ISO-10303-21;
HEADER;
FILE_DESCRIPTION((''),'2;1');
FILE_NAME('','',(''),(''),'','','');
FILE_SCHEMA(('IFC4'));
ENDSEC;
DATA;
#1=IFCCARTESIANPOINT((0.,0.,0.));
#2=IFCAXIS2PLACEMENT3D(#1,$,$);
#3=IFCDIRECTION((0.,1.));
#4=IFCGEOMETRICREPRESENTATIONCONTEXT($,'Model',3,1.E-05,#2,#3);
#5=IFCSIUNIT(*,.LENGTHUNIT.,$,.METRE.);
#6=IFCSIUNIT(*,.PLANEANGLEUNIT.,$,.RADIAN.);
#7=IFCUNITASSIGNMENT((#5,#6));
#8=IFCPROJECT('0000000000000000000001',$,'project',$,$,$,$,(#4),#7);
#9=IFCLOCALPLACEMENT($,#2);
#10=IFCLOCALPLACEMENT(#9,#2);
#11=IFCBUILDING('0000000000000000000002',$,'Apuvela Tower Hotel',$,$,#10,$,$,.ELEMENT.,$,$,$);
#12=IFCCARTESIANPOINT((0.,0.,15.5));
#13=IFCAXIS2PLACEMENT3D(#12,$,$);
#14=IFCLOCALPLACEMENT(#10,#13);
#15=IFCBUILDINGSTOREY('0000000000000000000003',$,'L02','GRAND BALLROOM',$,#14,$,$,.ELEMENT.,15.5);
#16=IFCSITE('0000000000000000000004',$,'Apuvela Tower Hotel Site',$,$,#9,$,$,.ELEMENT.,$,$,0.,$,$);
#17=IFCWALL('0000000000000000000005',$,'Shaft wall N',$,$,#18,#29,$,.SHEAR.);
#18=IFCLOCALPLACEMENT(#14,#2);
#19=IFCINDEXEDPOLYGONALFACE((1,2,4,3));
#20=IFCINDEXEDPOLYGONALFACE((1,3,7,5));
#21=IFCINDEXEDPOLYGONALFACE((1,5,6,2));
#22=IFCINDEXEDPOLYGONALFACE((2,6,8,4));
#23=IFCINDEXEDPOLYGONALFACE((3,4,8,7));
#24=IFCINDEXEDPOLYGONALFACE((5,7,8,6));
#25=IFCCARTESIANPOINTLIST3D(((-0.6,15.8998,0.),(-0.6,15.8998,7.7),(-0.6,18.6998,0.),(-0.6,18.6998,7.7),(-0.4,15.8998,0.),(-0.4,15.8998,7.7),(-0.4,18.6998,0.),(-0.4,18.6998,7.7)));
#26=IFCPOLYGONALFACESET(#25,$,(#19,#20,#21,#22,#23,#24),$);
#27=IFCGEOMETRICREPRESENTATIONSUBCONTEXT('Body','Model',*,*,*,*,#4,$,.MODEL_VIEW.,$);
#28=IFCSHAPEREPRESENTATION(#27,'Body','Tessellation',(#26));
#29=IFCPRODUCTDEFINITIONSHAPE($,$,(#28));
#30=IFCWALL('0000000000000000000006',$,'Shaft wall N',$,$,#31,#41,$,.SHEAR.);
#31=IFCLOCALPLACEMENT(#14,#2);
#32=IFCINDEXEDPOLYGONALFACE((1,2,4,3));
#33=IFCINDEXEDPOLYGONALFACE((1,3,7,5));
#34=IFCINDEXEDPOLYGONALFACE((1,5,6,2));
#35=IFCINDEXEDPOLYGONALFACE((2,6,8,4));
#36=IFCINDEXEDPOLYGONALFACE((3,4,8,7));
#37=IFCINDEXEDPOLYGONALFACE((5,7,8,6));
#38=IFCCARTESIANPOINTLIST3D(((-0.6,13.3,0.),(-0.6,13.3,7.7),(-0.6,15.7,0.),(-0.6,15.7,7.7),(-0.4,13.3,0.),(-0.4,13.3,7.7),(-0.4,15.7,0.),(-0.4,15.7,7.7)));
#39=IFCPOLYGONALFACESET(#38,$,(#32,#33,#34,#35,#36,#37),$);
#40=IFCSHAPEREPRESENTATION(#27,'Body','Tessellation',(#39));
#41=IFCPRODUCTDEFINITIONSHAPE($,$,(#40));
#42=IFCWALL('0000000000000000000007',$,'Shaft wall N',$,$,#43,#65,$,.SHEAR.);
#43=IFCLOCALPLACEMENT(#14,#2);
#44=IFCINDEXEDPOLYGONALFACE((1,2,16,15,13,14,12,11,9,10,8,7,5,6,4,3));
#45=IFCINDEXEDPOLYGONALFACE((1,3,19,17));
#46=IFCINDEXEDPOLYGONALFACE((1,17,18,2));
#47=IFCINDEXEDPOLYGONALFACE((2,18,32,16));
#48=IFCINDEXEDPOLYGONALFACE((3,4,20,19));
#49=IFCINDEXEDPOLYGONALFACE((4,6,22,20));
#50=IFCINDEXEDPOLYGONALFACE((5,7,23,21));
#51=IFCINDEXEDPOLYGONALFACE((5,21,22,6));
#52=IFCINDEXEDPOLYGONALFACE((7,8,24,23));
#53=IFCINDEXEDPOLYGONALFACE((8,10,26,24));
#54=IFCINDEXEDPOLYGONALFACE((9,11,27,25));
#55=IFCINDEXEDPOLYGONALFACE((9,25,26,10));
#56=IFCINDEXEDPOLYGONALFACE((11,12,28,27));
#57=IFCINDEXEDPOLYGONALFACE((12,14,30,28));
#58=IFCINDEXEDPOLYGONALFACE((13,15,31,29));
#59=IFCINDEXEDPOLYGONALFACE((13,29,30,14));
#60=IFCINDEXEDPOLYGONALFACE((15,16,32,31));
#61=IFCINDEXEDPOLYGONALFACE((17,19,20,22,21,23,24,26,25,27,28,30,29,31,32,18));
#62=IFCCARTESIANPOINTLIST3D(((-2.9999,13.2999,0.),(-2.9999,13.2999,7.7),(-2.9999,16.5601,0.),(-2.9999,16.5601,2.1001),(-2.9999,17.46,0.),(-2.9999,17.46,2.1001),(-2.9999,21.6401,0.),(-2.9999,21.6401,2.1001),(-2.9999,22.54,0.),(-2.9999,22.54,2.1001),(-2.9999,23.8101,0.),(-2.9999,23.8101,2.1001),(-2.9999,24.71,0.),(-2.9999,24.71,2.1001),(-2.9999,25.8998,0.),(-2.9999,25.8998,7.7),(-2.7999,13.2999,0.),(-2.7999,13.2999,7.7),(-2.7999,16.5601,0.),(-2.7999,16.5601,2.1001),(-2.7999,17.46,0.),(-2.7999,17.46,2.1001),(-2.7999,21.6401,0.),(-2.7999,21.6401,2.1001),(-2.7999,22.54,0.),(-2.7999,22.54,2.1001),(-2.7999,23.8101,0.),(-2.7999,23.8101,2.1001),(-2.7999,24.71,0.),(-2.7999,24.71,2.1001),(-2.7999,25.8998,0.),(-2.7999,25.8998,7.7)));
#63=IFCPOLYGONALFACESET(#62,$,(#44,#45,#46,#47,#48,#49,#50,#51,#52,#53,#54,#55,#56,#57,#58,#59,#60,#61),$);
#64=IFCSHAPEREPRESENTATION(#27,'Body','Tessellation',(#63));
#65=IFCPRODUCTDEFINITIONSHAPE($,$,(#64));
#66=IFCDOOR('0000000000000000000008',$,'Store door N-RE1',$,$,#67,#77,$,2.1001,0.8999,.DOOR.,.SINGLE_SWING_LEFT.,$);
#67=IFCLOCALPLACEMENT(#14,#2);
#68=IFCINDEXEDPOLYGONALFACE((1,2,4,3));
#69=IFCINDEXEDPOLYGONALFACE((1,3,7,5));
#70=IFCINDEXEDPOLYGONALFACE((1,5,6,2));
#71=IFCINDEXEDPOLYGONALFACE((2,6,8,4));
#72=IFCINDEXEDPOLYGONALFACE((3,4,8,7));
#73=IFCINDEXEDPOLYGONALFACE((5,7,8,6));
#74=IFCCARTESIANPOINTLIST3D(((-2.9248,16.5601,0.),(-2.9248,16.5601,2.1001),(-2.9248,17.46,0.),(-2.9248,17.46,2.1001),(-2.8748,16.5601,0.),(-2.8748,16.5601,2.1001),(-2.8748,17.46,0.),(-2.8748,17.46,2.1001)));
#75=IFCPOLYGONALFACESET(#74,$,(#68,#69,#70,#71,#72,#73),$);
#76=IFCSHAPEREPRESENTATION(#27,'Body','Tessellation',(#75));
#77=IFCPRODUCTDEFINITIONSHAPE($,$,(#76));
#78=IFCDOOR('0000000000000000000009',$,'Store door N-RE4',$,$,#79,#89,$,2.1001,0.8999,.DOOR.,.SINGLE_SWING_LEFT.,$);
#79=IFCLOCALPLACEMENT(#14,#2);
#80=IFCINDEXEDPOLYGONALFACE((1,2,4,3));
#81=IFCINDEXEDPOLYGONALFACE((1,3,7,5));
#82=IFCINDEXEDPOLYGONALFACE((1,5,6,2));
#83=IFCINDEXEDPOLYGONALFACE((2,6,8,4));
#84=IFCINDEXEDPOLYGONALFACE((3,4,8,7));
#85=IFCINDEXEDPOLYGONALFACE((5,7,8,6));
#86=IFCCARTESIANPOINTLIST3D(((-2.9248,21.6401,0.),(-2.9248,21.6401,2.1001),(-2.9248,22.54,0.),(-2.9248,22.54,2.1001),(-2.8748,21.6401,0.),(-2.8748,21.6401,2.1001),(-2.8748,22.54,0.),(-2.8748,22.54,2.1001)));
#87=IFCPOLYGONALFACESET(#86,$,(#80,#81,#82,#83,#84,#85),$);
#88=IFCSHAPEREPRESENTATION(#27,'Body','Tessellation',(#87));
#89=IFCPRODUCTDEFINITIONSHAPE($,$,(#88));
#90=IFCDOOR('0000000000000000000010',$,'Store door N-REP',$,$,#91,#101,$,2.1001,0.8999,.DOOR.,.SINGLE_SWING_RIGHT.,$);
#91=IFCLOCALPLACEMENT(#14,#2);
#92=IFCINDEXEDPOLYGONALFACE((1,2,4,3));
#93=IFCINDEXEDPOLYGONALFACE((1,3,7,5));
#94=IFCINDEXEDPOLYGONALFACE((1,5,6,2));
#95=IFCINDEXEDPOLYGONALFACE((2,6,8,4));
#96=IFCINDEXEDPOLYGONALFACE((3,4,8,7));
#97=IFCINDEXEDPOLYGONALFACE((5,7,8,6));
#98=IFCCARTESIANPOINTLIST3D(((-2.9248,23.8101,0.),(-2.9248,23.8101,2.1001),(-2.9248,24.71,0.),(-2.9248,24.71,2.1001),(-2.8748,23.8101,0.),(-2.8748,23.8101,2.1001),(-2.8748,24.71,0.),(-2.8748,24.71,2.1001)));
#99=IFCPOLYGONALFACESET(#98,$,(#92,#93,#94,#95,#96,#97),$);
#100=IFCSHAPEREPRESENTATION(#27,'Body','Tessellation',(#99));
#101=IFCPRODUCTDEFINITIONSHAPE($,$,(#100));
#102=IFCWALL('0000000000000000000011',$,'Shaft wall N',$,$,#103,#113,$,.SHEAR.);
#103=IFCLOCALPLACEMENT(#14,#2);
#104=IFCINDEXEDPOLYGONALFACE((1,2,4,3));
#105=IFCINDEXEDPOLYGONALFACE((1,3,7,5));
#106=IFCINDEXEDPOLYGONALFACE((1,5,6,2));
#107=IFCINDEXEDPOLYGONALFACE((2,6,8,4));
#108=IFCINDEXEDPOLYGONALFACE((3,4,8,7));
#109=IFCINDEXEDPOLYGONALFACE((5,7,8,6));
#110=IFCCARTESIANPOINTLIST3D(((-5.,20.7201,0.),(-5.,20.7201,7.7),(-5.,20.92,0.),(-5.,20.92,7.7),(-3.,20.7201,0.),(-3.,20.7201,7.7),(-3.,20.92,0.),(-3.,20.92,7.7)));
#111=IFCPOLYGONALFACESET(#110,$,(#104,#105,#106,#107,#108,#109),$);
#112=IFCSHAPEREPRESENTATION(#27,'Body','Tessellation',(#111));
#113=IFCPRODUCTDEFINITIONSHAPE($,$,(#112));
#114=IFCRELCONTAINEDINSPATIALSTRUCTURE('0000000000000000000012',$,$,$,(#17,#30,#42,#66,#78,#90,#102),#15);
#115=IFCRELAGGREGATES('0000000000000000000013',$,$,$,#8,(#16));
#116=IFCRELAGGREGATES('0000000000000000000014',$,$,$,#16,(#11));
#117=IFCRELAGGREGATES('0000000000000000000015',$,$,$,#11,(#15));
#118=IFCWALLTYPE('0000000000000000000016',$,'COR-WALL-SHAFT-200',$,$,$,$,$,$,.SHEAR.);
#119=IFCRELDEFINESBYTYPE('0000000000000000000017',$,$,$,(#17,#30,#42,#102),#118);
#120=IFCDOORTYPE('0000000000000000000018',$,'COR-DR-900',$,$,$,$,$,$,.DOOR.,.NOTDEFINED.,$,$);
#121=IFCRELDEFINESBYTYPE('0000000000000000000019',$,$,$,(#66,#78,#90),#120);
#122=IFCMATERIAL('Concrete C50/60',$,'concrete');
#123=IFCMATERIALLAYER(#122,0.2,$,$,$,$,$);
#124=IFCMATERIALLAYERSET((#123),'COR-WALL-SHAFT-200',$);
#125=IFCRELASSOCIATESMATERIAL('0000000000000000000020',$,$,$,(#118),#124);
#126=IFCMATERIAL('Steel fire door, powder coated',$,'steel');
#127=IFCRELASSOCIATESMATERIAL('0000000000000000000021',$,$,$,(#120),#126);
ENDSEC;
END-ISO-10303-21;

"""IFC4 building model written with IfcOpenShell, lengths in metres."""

from ifc_helpers import new_model, si_unit, direction, frame, frame_2d, origin, place, context, subcontext, project, spatial, rectangle, extrude, material, layer, layer_set, type_object, element, fill, save


model = new_model("IFC4")

# Units and contexts
model_context = context("Model", 3, precision=1e-05, world=origin(), true_north=direction((0.0, 1.0)))
body_context = subcontext(model_context, "Body", "Model", "MODEL_VIEW")
ifc_project = project(units=[si_unit("LENGTHUNIT", "METRE"), si_unit("PLANEANGLEUNIT", "RADIAN")], contexts=[model_context])

# Site, building, storey
site_placement = place(None, origin())
site = spatial("IfcSite", under=ifc_project, at=site_placement, Name="Apuvela Tower Hotel Site", CompositionType="ELEMENT", RefElevation=0.0)
building_placement = place(site_placement, origin())
building = spatial("IfcBuilding", under=site, at=building_placement, Name="Apuvela Tower Hotel", CompositionType="ELEMENT")
storey_placement = place(building_placement, frame((0.0, 0.0, 15.5)))
storey = spatial("IfcBuildingStorey", under=building, at=storey_placement, Name="L02", Description="GRAND BALLROOM", CompositionType="ELEMENT", Elevation=15.5)

# Walls
ifc_material_1 = material(Name="Concrete C50/60", Category="concrete")
ifc_layer_1 = layer(ifc_material_1, 0.2)
ifc_layer_set_1 = layer_set([ifc_layer_1], Name="COR-WALL-SHAFT-200")
wall_type_1 = type_object("IfcWallType", Name="COR-WALL-SHAFT-200", PredefinedType="SHEAR", material=ifc_layer_set_1)
wall_1_placement = place(storey_placement, frame((-0.5, 15.8999, 0.0), z_axis=(0.0, 0.0, 1.0), x_axis=(0.0, 1.0, 0.0)))
element("IfcWall", 1, at=wall_1_placement, inside=storey, type_object=wall_type_1, Name="Shaft wall N", PredefinedType="SHEAR", context=body_context, shape_type="SweptSolid", body=[
    extrude(rectangle(XDim=2.8, YDim=0.2, at=frame_2d((1.3999, 0.0))), origin(), (0.0, 0.0, 1.0), 7.7),
])
wall_2_placement = place(storey_placement, frame((-0.5, 13.3, 0.0), z_axis=(0.0, 0.0, 1.0), x_axis=(0.0, 1.0, 0.0)))
element("IfcWall", 2, at=wall_2_placement, inside=storey, type_object=wall_type_1, Name="Shaft wall N", PredefinedType="SHEAR", context=body_context, shape_type="SweptSolid", body=[
    extrude(rectangle(XDim=2.3999, YDim=0.2, at=frame_2d((1.2, 0.0))), origin(), (0.0, 0.0, 1.0), 7.7),
])

# Wall, openings, doors
wall_3_placement = place(storey_placement, frame((-2.8999, 13.3, 0.0), z_axis=(0.0, 0.0, 1.0), x_axis=(0.0, 1.0, 0.0)))
wall_3 = element("IfcWall", 3, at=wall_3_placement, inside=storey, type_object=wall_type_1, Name="Shaft wall N", PredefinedType="SHEAR", context=body_context, shape_type="SweptSolid", body=[
    extrude(rectangle(XDim=12.5999, YDim=0.2, at=frame_2d((6.2998, 0.0))), origin(), (0.0, 0.0, 1.0), 7.7),
])
opening_1_placement = place(wall_3_placement, frame((3.26, 0.0, 0.0)))
opening_1 = element("IfcOpeningElement", 4, at=opening_1_placement, cuts=wall_3, PredefinedType="OPENING", context=body_context, shape_type="SweptSolid", body=[
    extrude(rectangle(XDim=0.8999, YDim=2.1001, at=frame_2d((0.45, 1.05))), frame((0.0, 0.1099, 0.0), z_axis=(0.0, -1.0, 0.0), x_axis=(1.0, 0.0, 0.0)), (0.0, 0.0, 1.0), 0.22),
])
opening_2_placement = place(wall_3_placement, frame((8.3401, 0.0, 0.0)))
opening_2 = element("IfcOpeningElement", 5, at=opening_2_placement, cuts=wall_3, PredefinedType="OPENING", context=body_context, shape_type="SweptSolid", body=[
    extrude(rectangle(XDim=0.8999, YDim=2.1001, at=frame_2d((0.45, 1.05))), frame((0.0, 0.1099, 0.0), z_axis=(0.0, -1.0, 0.0), x_axis=(1.0, 0.0, 0.0)), (0.0, 0.0, 1.0), 0.22),
])
opening_3_placement = place(wall_3_placement, frame((10.51, 0.0, 0.0)))
opening_3 = element("IfcOpeningElement", 6, at=opening_3_placement, cuts=wall_3, PredefinedType="OPENING", context=body_context, shape_type="SweptSolid", body=[
    extrude(rectangle(XDim=0.8999, YDim=2.1001, at=frame_2d((0.45, 1.05))), frame((0.0, 0.1099, 0.0), z_axis=(0.0, -1.0, 0.0), x_axis=(1.0, 0.0, 0.0)), (0.0, 0.0, 1.0), 0.22),
])
ifc_material_2 = material(Name="Steel fire door, powder coated", Category="steel")
door_type_1 = type_object("IfcDoorType", Name="COR-DR-900", OperationType="NOTDEFINED", PredefinedType="DOOR", material=ifc_material_2)
door_1_placement = place(opening_1_placement, origin())
door_1 = element("IfcDoor", 7, at=door_1_placement, inside=storey, type_object=door_type_1, Name="Store door N-RE1", OperationType="SINGLE_SWING_LEFT", OverallHeight=2.1001, OverallWidth=0.8999, PredefinedType="DOOR", context=body_context, shape_type="SweptSolid", body=[
    extrude(rectangle(XDim=0.8999, YDim=2.1001, at=frame_2d((0.45, 1.05))), frame((0.0, 0.0249, 0.0), z_axis=(0.0, -1.0, 0.0), x_axis=(1.0, 0.0, 0.0)), (0.0, 0.0, 1.0), 0.05),
])
fill(opening_1, door_1)
door_2_placement = place(opening_2_placement, origin())
door_2 = element("IfcDoor", 8, at=door_2_placement, inside=storey, type_object=door_type_1, Name="Store door N-RE4", OperationType="SINGLE_SWING_LEFT", OverallHeight=2.1001, OverallWidth=0.8999, PredefinedType="DOOR", context=body_context, shape_type="SweptSolid", body=[
    extrude(rectangle(XDim=0.8999, YDim=2.1001, at=frame_2d((0.45, 1.05))), frame((0.0, 0.0249, 0.0), z_axis=(0.0, -1.0, 0.0), x_axis=(1.0, 0.0, 0.0)), (0.0, 0.0, 1.0), 0.05),
])
fill(opening_2, door_2)
door_3_placement = place(opening_3_placement, origin())
door_3 = element("IfcDoor", 9, at=door_3_placement, inside=storey, type_object=door_type_1, Name="Store door N-REP", OperationType="SINGLE_SWING_RIGHT", OverallHeight=2.1001, OverallWidth=0.8999, PredefinedType="DOOR", context=body_context, shape_type="SweptSolid", body=[
    extrude(rectangle(XDim=0.8999, YDim=2.1001, at=frame_2d((0.45, 1.05))), frame((0.0, 0.0249, 0.0), z_axis=(0.0, -1.0, 0.0), x_axis=(1.0, 0.0, 0.0)), (0.0, 0.0, 1.0), 0.05),
])
fill(opening_3, door_3)

# Wall
wall_4_placement = place(storey_placement, frame((-3.0, 20.8201, 0.0), z_axis=(0.0, 0.0, 1.0), x_axis=(-1.0, 0.0, 0.0)))
element("IfcWall", 10, at=wall_4_placement, inside=storey, type_object=wall_type_1, Name="Shaft wall N", PredefinedType="SHEAR", context=body_context, shape_type="SweptSolid", body=[
    extrude(rectangle(XDim=2.0, YDim=0.2, at=frame_2d((1.0, 0.0))), origin(), (0.0, 0.0, 1.0), 7.7),
])

save(model, "model.ifc")
